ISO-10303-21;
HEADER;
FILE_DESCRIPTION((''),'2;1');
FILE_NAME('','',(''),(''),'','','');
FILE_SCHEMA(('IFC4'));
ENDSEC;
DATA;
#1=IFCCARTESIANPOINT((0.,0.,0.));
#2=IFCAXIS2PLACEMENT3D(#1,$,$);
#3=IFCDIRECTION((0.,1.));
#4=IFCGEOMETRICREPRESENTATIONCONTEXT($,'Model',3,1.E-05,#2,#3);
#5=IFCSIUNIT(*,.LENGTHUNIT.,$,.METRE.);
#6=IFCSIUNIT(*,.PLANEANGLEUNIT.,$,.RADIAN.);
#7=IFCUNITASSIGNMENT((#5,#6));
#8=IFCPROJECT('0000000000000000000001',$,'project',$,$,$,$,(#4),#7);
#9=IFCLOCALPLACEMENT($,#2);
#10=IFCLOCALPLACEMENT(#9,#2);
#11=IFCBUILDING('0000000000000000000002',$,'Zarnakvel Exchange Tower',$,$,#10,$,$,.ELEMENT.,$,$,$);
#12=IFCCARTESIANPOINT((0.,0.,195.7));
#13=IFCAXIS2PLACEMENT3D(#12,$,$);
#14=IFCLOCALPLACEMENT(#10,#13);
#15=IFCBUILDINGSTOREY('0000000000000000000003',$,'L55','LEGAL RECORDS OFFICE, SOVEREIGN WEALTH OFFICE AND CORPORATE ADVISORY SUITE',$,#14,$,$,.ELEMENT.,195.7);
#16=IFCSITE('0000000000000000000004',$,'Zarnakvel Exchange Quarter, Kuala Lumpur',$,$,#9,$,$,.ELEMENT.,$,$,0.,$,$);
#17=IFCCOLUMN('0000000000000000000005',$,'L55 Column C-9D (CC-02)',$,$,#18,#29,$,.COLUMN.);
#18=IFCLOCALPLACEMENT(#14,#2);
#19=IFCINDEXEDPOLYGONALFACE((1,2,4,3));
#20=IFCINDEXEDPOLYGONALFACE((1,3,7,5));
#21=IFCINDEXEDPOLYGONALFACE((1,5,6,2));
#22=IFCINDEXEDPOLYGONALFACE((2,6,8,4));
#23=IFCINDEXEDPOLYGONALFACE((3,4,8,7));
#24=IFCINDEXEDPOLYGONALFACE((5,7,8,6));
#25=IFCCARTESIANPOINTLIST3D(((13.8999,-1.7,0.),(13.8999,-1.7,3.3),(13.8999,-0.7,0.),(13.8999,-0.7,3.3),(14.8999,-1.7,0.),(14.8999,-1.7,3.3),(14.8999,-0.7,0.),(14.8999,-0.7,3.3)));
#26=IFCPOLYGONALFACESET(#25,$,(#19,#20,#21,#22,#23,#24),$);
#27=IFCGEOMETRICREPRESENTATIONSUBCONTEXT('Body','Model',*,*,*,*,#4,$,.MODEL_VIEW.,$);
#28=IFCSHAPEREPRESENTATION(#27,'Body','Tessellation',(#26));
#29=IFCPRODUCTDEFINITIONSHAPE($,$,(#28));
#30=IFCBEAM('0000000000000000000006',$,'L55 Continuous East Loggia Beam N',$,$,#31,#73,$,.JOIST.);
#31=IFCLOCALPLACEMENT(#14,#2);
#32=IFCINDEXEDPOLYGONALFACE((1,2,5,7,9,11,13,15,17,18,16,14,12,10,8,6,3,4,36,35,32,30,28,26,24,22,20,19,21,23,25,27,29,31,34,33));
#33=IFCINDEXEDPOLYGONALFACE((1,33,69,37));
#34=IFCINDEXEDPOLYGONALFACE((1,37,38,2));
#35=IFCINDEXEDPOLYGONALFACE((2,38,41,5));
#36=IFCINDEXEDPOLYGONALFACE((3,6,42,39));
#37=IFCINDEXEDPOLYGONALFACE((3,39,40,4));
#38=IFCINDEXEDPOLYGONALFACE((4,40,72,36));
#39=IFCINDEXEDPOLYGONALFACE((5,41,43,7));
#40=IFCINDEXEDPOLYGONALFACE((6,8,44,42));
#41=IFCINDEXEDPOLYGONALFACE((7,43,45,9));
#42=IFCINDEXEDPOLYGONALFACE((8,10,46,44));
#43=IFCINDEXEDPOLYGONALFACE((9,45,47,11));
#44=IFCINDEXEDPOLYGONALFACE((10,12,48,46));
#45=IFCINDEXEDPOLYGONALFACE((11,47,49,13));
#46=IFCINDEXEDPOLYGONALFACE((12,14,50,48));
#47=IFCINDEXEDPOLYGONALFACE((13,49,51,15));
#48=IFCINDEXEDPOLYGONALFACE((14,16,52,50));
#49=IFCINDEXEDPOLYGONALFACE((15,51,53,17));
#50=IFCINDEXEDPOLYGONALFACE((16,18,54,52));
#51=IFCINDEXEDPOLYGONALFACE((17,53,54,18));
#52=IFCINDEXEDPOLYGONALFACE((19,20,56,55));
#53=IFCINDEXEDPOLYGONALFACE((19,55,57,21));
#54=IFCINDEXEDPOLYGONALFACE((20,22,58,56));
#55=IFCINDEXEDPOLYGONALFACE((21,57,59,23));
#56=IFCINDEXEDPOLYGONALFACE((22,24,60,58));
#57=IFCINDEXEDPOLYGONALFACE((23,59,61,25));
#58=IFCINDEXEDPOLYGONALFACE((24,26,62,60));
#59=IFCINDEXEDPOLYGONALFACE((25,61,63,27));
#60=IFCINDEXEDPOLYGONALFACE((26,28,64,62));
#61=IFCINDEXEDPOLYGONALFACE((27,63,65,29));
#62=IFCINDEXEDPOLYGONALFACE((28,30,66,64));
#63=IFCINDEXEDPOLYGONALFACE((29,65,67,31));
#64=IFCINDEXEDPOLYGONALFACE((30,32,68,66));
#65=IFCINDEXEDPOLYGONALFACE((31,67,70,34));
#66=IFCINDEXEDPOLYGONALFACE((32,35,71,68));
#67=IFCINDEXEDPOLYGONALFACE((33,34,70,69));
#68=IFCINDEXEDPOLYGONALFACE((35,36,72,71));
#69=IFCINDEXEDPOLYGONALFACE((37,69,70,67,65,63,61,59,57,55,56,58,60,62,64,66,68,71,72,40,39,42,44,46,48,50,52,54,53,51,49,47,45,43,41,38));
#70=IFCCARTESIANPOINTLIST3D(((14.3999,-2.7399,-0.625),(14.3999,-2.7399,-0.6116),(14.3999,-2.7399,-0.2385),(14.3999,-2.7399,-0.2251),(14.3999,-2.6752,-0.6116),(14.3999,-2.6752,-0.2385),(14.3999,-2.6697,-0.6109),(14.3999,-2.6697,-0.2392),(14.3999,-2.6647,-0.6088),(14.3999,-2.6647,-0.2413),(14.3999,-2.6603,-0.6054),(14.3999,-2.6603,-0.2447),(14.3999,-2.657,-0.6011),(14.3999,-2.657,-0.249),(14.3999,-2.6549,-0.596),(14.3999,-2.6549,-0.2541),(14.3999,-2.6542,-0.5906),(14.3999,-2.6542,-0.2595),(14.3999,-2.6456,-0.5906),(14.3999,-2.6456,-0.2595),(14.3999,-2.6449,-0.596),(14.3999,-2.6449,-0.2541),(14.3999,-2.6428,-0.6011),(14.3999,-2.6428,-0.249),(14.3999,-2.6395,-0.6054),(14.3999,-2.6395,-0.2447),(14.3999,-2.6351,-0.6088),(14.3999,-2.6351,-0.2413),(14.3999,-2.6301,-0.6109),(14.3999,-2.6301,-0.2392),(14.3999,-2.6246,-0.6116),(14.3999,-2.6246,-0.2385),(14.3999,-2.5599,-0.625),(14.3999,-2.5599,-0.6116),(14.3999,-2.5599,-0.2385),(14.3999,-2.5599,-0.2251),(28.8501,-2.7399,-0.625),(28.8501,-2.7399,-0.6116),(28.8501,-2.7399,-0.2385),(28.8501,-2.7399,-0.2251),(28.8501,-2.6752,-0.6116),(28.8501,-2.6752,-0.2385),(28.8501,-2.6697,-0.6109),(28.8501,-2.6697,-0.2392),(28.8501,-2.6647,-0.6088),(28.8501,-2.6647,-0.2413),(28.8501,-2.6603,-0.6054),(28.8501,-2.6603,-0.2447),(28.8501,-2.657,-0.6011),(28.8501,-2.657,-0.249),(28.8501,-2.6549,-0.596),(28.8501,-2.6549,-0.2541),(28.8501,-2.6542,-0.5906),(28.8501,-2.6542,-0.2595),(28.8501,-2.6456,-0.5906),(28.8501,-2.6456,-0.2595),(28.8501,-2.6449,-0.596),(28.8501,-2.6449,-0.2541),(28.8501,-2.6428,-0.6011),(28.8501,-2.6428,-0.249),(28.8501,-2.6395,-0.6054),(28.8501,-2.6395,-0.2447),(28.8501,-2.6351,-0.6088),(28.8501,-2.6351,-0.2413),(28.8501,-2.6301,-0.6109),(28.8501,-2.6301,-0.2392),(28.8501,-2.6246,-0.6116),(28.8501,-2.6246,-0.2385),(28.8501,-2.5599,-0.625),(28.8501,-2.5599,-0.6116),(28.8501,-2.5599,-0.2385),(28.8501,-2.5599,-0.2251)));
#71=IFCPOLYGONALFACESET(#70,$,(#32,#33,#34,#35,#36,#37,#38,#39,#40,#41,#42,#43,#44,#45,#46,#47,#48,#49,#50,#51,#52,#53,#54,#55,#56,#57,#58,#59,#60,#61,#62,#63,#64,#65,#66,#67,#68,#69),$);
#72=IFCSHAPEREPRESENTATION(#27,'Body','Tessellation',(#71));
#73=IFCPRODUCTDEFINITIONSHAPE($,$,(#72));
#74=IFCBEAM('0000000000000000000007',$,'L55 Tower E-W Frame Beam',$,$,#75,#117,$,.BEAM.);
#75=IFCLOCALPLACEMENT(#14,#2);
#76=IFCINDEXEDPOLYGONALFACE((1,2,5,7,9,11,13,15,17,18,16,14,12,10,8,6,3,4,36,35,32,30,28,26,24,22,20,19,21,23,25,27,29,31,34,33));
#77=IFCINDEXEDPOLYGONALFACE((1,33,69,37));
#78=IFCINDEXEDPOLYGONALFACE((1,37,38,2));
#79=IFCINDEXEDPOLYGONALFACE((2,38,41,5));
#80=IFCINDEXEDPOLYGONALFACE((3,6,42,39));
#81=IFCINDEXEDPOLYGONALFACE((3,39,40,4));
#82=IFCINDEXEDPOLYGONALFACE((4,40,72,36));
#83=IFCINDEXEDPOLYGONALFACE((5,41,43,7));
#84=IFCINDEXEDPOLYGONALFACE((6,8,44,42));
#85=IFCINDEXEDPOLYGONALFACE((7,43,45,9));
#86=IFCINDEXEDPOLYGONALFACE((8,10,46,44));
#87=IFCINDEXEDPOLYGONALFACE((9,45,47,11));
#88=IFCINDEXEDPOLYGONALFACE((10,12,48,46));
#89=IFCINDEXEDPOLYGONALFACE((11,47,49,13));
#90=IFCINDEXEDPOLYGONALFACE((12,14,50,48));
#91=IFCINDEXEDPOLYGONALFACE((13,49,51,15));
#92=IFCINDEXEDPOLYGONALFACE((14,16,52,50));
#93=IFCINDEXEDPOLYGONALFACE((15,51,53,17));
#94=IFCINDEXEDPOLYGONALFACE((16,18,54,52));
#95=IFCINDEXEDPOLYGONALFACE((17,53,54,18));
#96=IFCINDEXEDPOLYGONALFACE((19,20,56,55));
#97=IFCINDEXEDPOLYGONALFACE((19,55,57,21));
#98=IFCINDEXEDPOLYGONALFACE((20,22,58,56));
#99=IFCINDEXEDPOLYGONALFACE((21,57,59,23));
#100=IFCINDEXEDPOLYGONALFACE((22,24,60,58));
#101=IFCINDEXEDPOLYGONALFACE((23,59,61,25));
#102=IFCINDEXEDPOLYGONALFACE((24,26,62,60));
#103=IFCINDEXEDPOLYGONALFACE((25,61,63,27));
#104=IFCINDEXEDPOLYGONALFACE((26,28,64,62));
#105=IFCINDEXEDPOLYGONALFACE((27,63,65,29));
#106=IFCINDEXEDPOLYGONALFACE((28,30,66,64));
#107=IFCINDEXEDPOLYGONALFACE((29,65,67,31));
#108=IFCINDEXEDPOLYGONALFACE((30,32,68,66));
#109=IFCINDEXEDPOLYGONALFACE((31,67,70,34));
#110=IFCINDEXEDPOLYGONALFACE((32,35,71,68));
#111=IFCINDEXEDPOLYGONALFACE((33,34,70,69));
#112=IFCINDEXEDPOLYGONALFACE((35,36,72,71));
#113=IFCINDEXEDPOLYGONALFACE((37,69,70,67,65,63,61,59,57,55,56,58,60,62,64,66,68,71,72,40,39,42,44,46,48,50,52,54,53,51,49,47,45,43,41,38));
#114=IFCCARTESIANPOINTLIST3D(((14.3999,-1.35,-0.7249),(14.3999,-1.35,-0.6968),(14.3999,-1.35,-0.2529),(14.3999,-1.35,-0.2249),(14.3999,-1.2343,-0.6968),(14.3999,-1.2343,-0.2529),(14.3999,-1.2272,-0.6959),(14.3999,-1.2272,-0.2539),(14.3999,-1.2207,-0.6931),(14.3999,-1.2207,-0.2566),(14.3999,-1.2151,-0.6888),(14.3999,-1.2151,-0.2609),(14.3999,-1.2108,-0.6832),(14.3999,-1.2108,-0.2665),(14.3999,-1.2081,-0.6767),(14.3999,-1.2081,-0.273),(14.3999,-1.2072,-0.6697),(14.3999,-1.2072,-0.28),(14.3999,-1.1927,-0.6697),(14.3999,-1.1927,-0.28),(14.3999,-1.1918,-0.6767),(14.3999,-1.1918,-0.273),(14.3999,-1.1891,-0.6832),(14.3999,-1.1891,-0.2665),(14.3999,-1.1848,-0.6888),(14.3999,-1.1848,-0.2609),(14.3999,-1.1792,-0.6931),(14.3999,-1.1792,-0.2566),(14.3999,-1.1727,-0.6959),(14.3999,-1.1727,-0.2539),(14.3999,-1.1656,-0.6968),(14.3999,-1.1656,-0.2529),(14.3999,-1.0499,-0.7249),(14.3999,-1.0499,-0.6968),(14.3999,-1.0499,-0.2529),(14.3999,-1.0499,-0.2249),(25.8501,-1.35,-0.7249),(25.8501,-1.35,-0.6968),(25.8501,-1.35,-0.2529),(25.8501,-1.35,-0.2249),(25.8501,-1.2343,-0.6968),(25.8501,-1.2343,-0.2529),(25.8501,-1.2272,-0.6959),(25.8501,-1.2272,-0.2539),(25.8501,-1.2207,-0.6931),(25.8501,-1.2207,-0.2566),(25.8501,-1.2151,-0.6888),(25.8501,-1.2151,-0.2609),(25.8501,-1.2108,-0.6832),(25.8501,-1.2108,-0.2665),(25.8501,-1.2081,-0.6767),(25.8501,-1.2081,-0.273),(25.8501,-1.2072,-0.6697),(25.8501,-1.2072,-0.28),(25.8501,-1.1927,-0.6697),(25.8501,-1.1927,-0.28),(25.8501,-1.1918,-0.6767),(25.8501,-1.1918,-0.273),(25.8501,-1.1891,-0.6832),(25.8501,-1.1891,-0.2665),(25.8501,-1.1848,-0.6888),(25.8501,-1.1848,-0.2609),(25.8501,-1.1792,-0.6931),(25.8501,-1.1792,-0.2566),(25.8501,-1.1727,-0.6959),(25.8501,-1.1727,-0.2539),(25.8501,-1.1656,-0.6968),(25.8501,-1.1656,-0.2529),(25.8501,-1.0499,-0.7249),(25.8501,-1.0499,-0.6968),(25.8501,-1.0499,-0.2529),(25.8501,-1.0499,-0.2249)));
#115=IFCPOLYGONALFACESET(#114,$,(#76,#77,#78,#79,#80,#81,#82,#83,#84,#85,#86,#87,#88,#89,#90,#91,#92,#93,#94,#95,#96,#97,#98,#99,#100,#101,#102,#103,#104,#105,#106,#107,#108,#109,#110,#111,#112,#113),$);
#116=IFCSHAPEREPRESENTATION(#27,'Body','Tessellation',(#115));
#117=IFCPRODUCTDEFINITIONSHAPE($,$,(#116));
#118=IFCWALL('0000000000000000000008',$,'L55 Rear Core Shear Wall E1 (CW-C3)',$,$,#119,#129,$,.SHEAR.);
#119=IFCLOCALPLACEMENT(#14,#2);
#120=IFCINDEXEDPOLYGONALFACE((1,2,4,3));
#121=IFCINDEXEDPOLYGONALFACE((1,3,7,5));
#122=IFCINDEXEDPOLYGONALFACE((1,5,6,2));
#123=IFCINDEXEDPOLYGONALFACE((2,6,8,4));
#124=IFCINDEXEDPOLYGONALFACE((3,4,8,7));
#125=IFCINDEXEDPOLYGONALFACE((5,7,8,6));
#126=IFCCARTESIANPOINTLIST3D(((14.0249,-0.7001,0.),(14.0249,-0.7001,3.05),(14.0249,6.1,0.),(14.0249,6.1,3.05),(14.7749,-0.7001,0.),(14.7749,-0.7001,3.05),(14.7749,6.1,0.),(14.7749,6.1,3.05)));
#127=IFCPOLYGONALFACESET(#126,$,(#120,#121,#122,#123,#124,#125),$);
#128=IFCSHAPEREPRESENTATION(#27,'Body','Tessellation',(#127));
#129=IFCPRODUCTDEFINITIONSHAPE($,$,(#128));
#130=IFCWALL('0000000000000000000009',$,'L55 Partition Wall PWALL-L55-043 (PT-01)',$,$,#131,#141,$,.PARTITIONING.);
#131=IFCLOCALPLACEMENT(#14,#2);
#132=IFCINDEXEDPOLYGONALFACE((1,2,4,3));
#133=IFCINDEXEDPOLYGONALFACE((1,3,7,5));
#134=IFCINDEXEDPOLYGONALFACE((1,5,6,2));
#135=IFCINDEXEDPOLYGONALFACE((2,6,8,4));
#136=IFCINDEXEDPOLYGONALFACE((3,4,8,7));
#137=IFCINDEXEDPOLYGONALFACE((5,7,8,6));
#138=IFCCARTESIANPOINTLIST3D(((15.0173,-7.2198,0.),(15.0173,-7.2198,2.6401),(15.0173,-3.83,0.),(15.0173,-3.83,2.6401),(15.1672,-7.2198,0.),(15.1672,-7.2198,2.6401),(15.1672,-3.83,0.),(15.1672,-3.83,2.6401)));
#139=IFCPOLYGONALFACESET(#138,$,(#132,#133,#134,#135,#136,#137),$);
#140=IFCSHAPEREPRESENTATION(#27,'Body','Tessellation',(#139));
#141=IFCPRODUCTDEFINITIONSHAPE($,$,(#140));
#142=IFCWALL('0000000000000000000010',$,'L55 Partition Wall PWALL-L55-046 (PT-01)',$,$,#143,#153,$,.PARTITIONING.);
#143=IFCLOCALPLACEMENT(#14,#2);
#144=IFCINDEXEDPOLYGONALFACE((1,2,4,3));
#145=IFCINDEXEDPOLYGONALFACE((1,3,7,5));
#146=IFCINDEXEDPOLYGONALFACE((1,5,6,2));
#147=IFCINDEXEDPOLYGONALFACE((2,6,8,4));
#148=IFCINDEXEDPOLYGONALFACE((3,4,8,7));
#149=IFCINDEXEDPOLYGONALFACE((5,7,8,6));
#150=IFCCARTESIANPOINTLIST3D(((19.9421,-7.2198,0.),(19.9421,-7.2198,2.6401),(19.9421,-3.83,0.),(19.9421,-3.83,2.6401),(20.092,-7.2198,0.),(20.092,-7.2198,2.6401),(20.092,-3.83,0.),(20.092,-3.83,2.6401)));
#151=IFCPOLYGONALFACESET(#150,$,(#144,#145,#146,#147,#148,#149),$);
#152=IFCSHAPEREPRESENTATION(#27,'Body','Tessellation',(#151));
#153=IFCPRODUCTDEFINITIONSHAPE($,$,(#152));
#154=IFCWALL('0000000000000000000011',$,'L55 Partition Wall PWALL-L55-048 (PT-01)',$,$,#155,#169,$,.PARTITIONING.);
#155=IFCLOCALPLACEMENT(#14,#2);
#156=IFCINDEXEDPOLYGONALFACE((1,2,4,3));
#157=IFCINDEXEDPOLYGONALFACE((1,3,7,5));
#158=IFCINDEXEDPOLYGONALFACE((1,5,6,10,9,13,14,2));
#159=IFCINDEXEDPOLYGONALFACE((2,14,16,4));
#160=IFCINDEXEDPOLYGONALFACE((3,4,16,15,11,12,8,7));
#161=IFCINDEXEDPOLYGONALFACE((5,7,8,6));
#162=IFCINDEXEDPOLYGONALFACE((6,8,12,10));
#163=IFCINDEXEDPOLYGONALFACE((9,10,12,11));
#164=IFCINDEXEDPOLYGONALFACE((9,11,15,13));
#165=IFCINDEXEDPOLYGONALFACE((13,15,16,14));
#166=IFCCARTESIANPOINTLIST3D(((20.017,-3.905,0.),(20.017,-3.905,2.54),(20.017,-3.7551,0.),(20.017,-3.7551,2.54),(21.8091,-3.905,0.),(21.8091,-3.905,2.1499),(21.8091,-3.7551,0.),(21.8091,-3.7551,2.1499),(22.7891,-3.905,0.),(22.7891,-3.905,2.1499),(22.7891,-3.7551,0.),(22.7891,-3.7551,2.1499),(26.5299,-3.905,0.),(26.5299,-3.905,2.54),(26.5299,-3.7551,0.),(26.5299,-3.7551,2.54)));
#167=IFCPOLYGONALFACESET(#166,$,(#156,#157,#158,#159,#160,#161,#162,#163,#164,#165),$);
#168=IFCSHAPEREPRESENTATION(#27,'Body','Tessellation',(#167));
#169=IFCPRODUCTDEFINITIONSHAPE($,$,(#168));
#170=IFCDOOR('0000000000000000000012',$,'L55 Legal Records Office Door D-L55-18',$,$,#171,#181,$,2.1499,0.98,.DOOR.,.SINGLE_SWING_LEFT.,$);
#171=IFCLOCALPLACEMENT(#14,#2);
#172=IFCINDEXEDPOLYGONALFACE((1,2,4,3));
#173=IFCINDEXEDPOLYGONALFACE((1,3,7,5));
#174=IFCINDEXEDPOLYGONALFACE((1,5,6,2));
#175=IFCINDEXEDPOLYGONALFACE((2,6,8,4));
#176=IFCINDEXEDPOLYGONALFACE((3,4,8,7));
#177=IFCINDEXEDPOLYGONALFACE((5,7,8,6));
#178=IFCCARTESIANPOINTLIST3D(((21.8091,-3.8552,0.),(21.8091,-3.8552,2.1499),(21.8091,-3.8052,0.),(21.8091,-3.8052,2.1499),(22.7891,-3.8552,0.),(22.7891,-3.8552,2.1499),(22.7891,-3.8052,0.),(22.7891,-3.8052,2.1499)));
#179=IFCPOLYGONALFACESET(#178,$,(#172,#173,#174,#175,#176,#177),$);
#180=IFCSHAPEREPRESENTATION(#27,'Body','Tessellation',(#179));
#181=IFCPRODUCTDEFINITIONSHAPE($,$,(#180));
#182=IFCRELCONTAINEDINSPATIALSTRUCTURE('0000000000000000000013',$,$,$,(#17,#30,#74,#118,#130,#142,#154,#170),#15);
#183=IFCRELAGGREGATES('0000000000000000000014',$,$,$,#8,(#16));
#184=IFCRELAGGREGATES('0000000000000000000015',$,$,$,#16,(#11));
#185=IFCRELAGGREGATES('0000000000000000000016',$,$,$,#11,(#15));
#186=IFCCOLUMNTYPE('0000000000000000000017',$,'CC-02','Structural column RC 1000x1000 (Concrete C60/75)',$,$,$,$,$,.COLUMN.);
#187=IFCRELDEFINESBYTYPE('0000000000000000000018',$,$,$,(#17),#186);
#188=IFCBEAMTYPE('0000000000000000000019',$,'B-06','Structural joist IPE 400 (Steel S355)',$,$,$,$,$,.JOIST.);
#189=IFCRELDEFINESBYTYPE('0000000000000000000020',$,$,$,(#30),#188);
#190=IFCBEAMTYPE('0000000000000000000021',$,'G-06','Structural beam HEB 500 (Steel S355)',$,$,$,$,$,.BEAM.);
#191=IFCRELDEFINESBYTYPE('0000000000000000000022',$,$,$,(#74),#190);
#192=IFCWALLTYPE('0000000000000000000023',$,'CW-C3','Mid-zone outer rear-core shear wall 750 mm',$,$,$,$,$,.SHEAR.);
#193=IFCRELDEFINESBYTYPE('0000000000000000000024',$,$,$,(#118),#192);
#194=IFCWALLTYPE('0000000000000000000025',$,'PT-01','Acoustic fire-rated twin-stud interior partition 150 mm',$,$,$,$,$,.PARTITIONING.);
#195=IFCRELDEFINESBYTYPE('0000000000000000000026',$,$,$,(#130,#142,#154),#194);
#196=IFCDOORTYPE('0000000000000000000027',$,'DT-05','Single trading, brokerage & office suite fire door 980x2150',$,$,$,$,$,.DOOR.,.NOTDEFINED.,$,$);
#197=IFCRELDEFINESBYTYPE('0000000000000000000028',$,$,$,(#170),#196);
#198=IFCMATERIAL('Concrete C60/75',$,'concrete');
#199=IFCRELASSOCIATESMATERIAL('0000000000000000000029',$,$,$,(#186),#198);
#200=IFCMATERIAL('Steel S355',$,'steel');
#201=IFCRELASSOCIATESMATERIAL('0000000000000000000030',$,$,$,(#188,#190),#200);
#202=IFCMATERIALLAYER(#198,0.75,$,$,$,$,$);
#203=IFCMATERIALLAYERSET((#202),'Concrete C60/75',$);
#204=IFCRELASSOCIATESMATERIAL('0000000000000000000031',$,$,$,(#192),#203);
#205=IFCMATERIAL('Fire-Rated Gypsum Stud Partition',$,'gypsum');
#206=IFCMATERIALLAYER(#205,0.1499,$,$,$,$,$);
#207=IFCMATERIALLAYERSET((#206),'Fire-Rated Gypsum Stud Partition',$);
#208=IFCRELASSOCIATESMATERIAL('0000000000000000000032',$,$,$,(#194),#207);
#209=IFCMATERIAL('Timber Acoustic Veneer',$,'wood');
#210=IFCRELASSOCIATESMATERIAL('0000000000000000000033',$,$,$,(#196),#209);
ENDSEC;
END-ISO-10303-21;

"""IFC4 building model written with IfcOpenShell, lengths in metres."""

from ifc_helpers import new_model, si_unit, direction, frame, frame_2d, origin, origin_2d, place, context, subcontext, project, spatial, rectangle, i_section, extrude, source, transform, mapped, material, layer, layer_set, material_profile, profile_set, type_object, element, fill, save


model = new_model("IFC4")

# Units and contexts
model_context = context("Model", 3, precision=1e-05, world=origin(), true_north=direction((0.0, 1.0)))
body_context = subcontext(model_context, "Body", "Model", "MODEL_VIEW")
ifc_project = project(units=[si_unit("LENGTHUNIT", "METRE"), si_unit("PLANEANGLEUNIT", "RADIAN")], contexts=[model_context])

# Site, building, storey
site_placement = place(None, origin())
site = spatial("IfcSite", under=ifc_project, at=site_placement, Name="Zarnakvel Exchange Quarter, Kuala Lumpur", CompositionType="ELEMENT", RefElevation=0.0)
building_placement = place(site_placement, origin())
building = spatial("IfcBuilding", under=site, at=building_placement, Name="Zarnakvel Exchange Tower", CompositionType="ELEMENT")
storey_placement = place(building_placement, frame((0.0, 0.0, 195.7)))
storey = spatial("IfcBuildingStorey", under=building, at=storey_placement, Name="L55", Description="LEGAL RECORDS OFFICE, SOVEREIGN WEALTH OFFICE AND CORPORATE ADVISORY SUITE", CompositionType="ELEMENT", Elevation=195.7)

# Column
ifc_material_1 = material(Name="Concrete C60/75", Category="concrete")
ifc_material_profile_1 = material_profile(ifc_material_1, rectangle(XDim=1.0, YDim=1.0, at=origin_2d()))
ifc_profile_set_1 = profile_set([ifc_material_profile_1], Name="Concrete C60/75")
column_type = type_object("IfcColumnType", Name="CC-02", Description="Structural column RC 1000x1000 (Concrete C60/75)", PredefinedType="COLUMN", material=ifc_profile_set_1)
column_placement = place(storey_placement, frame((14.3999, -1.2, 0.0), z_axis=(0.0, 0.0, 1.0), x_axis=(1.0, 0.0, 0.0)))
element("IfcColumn", 1, at=column_placement, inside=storey, type_object=column_type, Name="L55 Column C-9D (CC-02)", PredefinedType="COLUMN", context=body_context, shape_type="SweptSolid", body=[
    extrude(rectangle(XDim=1.0, YDim=1.0, at=origin_2d()), origin(), (0.0, 0.0, 1.0), 3.3),
])

# Beams
ifc_material_2 = material(Name="Steel S355", Category="steel")
ifc_material_profile_2 = material_profile(ifc_material_2, i_section(OverallWidth=0.1799, OverallDepth=0.3999, WebThickness=0.0085, FlangeThickness=0.0134, FilletRadius=0.021, at=origin_2d()))
ifc_profile_set_2 = profile_set([ifc_material_profile_2], Name="Steel S355")
beam_type_1 = type_object("IfcBeamType", Name="B-06", Description="Structural joist IPE 400 (Steel S355)", PredefinedType="JOIST", material=ifc_profile_set_2)
beam_1_placement = place(storey_placement, frame((14.3999, -2.6499, -0.425), z_axis=(1.0, 0.0, 0.0), x_axis=(0.0, 1.0, 0.0)))
element("IfcBeam", 2, at=beam_1_placement, inside=storey, type_object=beam_type_1, Name="L55 Continuous East Loggia Beam N", PredefinedType="JOIST", context=body_context, shape_type="SweptSolid", body=[
    extrude(i_section(OverallWidth=0.1799, OverallDepth=0.3999, WebThickness=0.0085, FlangeThickness=0.0134, FilletRadius=0.021, at=origin_2d()), origin(), (0.0, 0.0, 1.0), 14.4502),
])
ifc_material_profile_3 = material_profile(ifc_material_2, i_section(OverallWidth=0.3, OverallDepth=0.5, WebThickness=0.0144, FlangeThickness=0.0281, FilletRadius=0.0271, at=origin_2d()))
ifc_profile_set_3 = profile_set([ifc_material_profile_3], Name="Steel S355")
beam_type_2 = type_object("IfcBeamType", Name="G-06", Description="Structural beam HEB 500 (Steel S355)", PredefinedType="BEAM", material=ifc_profile_set_3)
beam_2_placement = place(storey_placement, frame((14.3999, -1.2, -0.4749), z_axis=(1.0, 0.0, 0.0), x_axis=(0.0, 1.0, 0.0)))
element("IfcBeam", 3, at=beam_2_placement, inside=storey, type_object=beam_type_2, Name="L55 Tower E-W Frame Beam", PredefinedType="BEAM", context=body_context, shape_type="SweptSolid", body=[
    extrude(i_section(OverallWidth=0.3, OverallDepth=0.5, WebThickness=0.0144, FlangeThickness=0.0281, FilletRadius=0.0271, at=origin_2d()), origin(), (0.0, 0.0, 1.0), 11.4502),
])

# Wall
ifc_layer_1 = layer(ifc_material_1, 0.75)
ifc_layer_set_1 = layer_set([ifc_layer_1], Name="Concrete C60/75")
wall_type_1 = type_object("IfcWallType", Name="CW-C3", Description="Mid-zone outer rear-core shear wall 750 mm", PredefinedType="SHEAR", material=ifc_layer_set_1)
wall_1_placement = place(storey_placement, frame((14.3999, -0.7, 0.0), z_axis=(0.0, 0.0, 1.0), x_axis=(0.0, 1.0, 0.0)))
element("IfcWall", 4, at=wall_1_placement, inside=storey, type_object=wall_type_1, Name="L55 Rear Core Shear Wall E1 (CW-C3)", PredefinedType="SHEAR", context=body_context, shape_type="SweptSolid", body=[
    extrude(rectangle(XDim=6.8, YDim=0.75, at=frame_2d((3.3999, 0.0))), origin(), (0.0, 0.0, 1.0), 3.05),
])

# Shared definitions
ifc_material_3 = material(Name="Fire-Rated Gypsum Stud Partition", Category="gypsum")
ifc_layer_2 = layer(ifc_material_3, 0.1499)
ifc_layer_set_2 = layer_set([ifc_layer_2], Name="Fire-Rated Gypsum Stud Partition")
wall_type_2 = type_object("IfcWallType", Name="PT-01", Description="Acoustic fire-rated twin-stud interior partition 150 mm", PredefinedType="PARTITIONING", material=ifc_layer_set_2)
ifc_material_4 = material(Name="Timber Acoustic Veneer", Category="wood")
door_type_1 = type_object("IfcDoorType", Name="DT-05", Description="Single trading, brokerage & office suite fire door 980x2150", OperationType="NOTDEFINED", PredefinedType="DOOR", material=ifc_material_4)
shared_shape_1 = source(origin(), body_context, "Body", "SweptSolid", [
    extrude(rectangle(XDim=0.98, YDim=2.1499, at=frame_2d((0.49, 1.075))), frame((0.0, 0.0249, 0.0), z_axis=(0.0, -1.0, 0.0), x_axis=(1.0, 0.0, 0.0)), (0.0, 0.0, 1.0), 0.05),
])

# Wall
wall_2_placement = place(storey_placement, frame((15.0923, -3.8301, 0.0), z_axis=(0.0, 0.0, 1.0), x_axis=(0.0, -1.0, 0.0)))
element("IfcWall", 5, at=wall_2_placement, inside=storey, type_object=wall_type_2, Name="L55 Partition Wall PWALL-L55-043 (PT-01)", PredefinedType="PARTITIONING", context=body_context, shape_type="SweptSolid", body=[
    extrude(rectangle(XDim=3.3899, YDim=0.1499, at=frame_2d((1.6948, 0.0))), origin(), (0.0, 0.0, 1.0), 2.6401),
])

# Wall
wall_3_placement = place(storey_placement, frame((20.0171, -3.8301, 0.0), z_axis=(0.0, 0.0, 1.0), x_axis=(0.0, -1.0, 0.0)))
element("IfcWall", 6, at=wall_3_placement, inside=storey, type_object=wall_type_2, Name="L55 Partition Wall PWALL-L55-046 (PT-01)", PredefinedType="PARTITIONING", context=body_context, shape_type="SweptSolid", body=[
    extrude(rectangle(XDim=3.3899, YDim=0.1499, at=frame_2d((1.6948, 0.0))), origin(), (0.0, 0.0, 1.0), 2.6401),
])

# Wall, opening, door
wall_4_placement = place(storey_placement, frame((20.0171, -3.8301, 0.0), z_axis=(0.0, 0.0, 1.0), x_axis=(1.0, 0.0, 0.0)))
wall_4 = element("IfcWall", 7, at=wall_4_placement, inside=storey, type_object=wall_type_2, Name="L55 Partition Wall PWALL-L55-048 (PT-01)", PredefinedType="PARTITIONING", context=body_context, shape_type="SweptSolid", body=[
    extrude(rectangle(XDim=6.5129, YDim=0.1499, at=frame_2d((3.2563, 0.0))), origin(), (0.0, 0.0, 1.0), 2.54),
])
opening_1_placement = place(wall_4_placement, frame((1.792, 0.0, 0.0)))
opening_1 = element("IfcOpeningElement", 8, at=opening_1_placement, cuts=wall_4, PredefinedType="OPENING", context=body_context, shape_type="SweptSolid", body=[
    extrude(rectangle(XDim=0.98, YDim=2.1499, at=frame_2d((0.49, 1.075))), frame((0.0, 0.085, 0.0), z_axis=(0.0, -1.0, 0.0), x_axis=(1.0, 0.0, 0.0)), (0.0, 0.0, 1.0), 0.1699),
])
door_1_placement = place(opening_1_placement, origin())
door_1 = element("IfcDoor", 9, at=door_1_placement, inside=storey, type_object=door_type_1, Name="L55 Legal Records Office Door D-L55-18", OperationType="SINGLE_SWING_LEFT", OverallHeight=2.1499, OverallWidth=0.98, PredefinedType="DOOR", context=body_context, shape_type="MappedRepresentation", body=[
    mapped(shared_shape_1, transform((0.0, 0.0, 0.0), x_axis=(1.0, 0.0, 0.0), y_axis=(0.0, 1.0, 0.0), z_axis=(0.0, 0.0, 1.0), scale=1.0)),
])
fill(opening_1, door_1)

save(model, "model.ifc")
